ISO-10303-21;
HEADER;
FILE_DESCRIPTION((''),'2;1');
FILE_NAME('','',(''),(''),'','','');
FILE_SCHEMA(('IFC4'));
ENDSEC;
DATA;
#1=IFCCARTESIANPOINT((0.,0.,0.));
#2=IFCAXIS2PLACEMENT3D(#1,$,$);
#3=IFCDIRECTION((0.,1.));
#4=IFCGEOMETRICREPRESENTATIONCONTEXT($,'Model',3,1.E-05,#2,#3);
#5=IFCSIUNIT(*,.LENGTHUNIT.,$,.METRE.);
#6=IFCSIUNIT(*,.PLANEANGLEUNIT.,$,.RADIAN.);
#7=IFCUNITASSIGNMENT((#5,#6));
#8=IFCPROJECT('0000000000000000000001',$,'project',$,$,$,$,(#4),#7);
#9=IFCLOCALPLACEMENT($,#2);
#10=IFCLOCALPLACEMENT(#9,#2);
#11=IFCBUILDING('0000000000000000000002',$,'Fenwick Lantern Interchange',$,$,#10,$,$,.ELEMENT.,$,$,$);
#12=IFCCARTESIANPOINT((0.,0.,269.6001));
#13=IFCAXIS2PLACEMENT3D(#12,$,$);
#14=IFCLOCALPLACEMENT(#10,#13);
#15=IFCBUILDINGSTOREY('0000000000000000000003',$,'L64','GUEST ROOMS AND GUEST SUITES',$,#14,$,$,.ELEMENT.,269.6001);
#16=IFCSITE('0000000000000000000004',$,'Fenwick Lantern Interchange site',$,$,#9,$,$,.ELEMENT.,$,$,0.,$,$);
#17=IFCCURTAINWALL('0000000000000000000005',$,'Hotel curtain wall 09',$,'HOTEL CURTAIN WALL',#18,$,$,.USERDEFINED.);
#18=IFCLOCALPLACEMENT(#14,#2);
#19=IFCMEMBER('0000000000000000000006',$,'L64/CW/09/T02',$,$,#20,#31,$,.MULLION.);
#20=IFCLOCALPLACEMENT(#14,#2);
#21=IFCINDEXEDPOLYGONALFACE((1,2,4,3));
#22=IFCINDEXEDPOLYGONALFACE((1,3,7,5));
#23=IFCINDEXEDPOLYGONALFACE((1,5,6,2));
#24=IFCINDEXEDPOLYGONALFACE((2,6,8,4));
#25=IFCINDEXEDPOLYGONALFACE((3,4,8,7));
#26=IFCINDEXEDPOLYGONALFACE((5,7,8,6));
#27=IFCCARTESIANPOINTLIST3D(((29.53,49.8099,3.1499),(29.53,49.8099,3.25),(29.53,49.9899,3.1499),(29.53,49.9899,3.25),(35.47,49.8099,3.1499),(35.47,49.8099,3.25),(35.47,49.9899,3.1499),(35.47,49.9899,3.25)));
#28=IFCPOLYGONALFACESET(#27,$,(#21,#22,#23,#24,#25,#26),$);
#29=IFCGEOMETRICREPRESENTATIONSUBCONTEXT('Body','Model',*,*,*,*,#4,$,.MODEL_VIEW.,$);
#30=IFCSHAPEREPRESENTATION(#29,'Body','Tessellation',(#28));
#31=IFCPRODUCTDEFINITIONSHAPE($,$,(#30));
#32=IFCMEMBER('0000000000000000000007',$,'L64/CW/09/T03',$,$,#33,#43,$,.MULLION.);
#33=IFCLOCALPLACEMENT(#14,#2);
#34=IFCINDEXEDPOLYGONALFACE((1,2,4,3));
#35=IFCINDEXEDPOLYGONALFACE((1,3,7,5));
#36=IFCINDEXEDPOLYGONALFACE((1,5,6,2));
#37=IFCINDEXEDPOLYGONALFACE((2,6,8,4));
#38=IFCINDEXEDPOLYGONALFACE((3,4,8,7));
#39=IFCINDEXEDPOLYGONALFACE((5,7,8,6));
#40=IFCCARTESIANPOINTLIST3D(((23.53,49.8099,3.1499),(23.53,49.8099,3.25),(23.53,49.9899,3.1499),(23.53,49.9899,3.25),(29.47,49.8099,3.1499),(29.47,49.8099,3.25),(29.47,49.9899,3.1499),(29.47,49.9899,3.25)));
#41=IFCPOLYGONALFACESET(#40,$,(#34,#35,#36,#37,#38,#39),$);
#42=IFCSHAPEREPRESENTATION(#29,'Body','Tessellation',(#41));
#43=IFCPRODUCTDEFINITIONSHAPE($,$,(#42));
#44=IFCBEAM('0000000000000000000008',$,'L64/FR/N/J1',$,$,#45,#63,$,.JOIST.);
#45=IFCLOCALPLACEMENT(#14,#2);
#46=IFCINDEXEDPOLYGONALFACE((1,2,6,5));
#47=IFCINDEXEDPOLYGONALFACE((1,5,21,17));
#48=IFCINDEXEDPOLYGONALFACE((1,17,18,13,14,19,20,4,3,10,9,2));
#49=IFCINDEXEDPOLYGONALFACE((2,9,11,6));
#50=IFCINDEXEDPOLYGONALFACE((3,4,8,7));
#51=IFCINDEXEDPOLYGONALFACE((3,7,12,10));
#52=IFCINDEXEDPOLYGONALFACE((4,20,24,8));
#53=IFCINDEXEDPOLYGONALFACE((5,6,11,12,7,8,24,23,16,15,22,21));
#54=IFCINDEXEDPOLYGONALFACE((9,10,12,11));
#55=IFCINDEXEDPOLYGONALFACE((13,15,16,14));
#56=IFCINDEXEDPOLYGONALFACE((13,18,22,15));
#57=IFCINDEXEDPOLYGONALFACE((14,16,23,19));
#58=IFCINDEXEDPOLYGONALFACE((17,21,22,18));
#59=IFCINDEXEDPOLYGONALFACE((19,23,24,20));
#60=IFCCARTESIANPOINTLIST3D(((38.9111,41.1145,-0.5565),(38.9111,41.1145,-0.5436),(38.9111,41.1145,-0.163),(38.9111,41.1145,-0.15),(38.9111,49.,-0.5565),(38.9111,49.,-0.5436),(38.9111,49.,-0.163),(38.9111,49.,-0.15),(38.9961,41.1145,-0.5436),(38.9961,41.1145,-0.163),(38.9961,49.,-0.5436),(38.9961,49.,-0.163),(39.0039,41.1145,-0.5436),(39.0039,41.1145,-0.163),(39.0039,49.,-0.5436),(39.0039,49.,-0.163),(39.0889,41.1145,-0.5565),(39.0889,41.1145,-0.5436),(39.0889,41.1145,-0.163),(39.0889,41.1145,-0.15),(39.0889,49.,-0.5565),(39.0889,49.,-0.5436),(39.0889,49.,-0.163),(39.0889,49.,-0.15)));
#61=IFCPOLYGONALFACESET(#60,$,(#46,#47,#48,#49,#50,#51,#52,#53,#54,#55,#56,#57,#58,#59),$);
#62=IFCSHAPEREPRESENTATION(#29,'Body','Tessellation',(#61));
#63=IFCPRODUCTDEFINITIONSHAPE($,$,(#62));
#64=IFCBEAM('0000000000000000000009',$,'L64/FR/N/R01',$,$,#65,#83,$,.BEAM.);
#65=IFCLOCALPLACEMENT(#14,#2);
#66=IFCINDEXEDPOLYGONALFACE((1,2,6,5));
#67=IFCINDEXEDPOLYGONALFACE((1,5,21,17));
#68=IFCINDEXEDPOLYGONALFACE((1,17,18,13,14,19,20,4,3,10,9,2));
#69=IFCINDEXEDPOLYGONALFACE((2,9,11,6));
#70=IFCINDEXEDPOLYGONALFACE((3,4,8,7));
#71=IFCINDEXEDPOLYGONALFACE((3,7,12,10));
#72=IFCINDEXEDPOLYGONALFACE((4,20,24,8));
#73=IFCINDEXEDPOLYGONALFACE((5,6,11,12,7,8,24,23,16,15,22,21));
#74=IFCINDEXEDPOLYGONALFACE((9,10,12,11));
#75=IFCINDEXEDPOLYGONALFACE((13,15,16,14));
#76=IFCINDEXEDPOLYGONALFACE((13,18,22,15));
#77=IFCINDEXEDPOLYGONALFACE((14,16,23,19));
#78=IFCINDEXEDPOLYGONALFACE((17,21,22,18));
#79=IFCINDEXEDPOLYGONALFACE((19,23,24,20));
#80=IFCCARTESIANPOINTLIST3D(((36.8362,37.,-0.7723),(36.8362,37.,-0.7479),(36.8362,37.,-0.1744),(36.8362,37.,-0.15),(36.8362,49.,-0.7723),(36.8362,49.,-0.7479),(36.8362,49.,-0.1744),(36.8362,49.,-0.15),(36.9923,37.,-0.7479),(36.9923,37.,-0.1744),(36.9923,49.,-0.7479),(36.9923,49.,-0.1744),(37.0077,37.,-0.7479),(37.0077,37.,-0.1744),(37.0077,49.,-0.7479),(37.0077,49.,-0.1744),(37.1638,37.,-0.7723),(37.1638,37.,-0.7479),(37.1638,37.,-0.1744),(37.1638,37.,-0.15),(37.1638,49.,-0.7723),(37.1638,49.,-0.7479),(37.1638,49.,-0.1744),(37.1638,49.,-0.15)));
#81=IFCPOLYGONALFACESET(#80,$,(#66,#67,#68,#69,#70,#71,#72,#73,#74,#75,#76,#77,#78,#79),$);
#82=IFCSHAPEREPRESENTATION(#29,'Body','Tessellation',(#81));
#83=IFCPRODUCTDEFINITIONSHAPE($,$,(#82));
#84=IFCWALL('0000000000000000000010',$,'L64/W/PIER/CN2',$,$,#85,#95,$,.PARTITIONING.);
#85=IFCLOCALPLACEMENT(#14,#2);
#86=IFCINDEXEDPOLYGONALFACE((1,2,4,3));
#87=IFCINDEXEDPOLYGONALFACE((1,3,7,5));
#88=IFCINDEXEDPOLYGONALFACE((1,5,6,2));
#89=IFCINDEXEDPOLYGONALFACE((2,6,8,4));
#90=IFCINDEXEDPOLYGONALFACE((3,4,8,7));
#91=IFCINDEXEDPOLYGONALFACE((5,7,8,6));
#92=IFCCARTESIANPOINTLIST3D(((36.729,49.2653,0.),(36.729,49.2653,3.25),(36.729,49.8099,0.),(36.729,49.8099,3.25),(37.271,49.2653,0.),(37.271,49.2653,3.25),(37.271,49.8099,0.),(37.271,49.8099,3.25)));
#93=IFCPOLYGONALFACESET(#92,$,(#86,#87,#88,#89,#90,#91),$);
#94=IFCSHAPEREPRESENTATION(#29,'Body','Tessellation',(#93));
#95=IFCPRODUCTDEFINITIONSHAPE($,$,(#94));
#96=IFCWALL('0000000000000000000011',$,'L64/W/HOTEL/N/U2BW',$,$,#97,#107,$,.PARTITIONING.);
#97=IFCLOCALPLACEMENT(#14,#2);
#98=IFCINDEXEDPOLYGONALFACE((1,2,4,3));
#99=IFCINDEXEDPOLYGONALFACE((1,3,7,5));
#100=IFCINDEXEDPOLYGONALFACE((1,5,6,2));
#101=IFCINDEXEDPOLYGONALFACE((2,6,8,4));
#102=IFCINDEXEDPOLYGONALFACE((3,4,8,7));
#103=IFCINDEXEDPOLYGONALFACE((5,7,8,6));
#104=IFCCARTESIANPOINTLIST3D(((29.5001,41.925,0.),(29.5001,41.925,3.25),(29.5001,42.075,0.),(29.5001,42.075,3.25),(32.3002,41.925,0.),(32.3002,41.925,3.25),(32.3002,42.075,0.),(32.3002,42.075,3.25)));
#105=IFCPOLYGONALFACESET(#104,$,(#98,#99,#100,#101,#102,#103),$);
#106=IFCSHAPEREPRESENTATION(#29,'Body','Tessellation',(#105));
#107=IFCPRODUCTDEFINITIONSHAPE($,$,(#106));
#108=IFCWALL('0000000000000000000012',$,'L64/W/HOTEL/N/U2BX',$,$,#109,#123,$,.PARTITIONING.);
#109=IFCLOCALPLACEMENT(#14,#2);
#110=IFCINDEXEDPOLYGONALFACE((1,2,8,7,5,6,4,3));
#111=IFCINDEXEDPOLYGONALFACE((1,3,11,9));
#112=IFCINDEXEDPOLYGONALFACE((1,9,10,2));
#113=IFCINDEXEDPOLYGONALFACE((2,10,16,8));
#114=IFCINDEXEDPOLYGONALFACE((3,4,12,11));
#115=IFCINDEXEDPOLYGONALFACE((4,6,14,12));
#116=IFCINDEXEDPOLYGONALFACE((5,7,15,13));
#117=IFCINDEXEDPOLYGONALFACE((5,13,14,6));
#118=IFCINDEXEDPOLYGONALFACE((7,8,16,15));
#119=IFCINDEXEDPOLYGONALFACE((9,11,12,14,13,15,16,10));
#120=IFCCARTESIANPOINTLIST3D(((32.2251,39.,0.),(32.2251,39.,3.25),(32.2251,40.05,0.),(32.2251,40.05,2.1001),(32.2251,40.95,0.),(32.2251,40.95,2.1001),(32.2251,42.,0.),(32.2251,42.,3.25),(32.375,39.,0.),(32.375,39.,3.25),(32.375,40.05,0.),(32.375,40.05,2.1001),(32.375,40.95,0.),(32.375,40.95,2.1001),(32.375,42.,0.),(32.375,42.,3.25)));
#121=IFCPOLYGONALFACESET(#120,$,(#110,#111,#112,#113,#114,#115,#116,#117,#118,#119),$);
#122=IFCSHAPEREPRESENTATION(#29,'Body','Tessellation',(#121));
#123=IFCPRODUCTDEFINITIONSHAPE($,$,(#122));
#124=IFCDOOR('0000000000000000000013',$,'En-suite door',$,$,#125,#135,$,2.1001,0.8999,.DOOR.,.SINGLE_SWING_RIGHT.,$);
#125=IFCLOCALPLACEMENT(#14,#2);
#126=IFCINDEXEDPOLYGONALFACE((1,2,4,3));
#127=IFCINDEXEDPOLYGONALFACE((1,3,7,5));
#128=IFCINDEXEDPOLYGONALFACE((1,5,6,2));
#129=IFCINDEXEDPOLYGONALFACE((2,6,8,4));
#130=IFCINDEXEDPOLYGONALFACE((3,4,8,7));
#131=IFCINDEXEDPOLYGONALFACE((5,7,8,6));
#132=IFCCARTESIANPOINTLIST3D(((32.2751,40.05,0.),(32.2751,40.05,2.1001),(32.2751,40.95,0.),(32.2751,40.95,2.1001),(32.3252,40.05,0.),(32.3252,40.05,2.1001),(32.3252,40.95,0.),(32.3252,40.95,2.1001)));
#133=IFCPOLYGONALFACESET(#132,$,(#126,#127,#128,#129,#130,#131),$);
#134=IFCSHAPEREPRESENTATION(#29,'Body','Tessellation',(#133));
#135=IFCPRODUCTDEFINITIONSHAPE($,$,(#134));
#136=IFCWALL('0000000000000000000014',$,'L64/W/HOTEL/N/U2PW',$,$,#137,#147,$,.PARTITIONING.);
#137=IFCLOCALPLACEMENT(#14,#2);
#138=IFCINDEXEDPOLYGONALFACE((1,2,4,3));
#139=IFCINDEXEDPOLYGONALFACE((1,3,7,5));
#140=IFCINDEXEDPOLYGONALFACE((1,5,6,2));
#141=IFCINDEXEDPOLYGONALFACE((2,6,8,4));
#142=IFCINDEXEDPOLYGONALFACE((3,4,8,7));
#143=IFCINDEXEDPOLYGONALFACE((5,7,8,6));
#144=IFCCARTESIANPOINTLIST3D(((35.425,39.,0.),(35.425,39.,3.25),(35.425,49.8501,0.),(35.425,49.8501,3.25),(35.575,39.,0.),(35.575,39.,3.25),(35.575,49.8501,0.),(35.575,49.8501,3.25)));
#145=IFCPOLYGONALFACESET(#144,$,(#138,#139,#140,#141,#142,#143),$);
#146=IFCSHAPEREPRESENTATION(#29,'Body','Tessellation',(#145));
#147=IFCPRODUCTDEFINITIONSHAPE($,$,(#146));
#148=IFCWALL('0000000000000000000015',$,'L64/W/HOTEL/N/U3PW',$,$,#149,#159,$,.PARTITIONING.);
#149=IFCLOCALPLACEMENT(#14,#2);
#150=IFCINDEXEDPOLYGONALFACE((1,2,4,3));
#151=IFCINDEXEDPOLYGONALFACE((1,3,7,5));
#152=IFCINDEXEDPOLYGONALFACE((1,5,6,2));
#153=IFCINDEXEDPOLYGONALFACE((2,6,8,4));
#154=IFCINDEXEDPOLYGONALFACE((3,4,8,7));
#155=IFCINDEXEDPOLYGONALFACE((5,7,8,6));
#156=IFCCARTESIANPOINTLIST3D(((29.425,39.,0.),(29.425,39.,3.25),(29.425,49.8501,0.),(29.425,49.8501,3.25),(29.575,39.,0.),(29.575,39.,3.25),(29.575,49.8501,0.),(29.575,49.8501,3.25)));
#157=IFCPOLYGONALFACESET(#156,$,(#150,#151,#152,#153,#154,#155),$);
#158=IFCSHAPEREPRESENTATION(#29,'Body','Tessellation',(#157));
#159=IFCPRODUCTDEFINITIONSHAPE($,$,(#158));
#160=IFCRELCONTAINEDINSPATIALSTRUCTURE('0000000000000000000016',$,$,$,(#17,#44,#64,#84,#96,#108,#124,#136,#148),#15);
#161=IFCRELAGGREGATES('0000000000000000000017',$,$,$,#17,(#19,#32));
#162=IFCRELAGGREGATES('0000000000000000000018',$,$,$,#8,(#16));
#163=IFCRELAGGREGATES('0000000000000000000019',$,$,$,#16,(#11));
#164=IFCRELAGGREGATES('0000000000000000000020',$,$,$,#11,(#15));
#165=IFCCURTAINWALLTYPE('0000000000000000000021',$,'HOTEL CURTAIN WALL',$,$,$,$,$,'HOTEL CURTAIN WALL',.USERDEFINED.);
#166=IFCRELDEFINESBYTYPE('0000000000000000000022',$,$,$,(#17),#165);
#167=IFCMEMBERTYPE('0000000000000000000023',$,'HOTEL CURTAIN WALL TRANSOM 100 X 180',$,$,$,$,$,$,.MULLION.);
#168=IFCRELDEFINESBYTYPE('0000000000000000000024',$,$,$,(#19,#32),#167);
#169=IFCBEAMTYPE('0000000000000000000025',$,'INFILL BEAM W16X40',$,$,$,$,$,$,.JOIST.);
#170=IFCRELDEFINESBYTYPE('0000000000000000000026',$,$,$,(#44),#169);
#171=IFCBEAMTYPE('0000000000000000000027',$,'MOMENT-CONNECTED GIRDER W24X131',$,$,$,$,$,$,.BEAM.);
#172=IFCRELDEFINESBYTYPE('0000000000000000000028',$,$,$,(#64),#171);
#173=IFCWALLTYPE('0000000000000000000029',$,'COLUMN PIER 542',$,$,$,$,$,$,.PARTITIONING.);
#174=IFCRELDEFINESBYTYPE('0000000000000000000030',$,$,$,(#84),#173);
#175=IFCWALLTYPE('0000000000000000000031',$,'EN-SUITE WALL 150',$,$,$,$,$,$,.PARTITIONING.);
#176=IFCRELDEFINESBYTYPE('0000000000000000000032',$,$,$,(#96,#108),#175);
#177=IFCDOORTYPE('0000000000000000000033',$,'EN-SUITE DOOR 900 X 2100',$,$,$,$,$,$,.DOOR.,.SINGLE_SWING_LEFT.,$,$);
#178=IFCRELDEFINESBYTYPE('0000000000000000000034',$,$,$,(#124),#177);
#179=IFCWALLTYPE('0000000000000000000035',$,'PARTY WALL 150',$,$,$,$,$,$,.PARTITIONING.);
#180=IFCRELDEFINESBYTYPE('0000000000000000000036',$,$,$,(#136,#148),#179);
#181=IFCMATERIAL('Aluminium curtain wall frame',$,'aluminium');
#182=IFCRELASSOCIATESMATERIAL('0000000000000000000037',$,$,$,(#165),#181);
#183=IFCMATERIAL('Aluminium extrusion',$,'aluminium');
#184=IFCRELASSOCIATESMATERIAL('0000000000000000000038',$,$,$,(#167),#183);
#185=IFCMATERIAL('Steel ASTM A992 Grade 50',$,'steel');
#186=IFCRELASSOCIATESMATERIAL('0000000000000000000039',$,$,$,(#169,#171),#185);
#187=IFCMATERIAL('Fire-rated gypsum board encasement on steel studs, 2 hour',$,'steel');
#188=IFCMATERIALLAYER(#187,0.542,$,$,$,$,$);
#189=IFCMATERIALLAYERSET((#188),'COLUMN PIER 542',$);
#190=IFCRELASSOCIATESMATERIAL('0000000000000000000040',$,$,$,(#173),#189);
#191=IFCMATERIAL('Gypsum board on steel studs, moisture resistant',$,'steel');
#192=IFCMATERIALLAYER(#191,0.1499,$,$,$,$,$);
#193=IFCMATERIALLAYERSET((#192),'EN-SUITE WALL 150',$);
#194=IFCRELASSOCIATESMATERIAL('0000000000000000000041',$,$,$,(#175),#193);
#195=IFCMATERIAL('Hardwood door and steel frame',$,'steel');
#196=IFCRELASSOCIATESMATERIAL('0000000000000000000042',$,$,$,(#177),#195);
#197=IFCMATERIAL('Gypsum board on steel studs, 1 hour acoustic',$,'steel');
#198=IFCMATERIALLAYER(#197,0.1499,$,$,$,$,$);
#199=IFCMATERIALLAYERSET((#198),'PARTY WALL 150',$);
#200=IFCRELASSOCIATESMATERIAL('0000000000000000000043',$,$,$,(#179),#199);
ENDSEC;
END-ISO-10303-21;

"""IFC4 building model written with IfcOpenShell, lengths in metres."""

from ifc_helpers import new_model, si_unit, direction, frame, frame_2d, origin, origin_2d, place, context, subcontext, project, spatial, rectangle, i_section, extrude, material, layer, layer_set, material_profile, profile_set, type_object, element, fill, aggregate, save


model = new_model("IFC4")

# Units and contexts
model_context = context("Model", 3, precision=1e-05, world=origin(), true_north=direction((0.0, 1.0)))
body_context = subcontext(model_context, "Body", "Model", "MODEL_VIEW")
ifc_project = project(units=[si_unit("LENGTHUNIT", "METRE"), si_unit("PLANEANGLEUNIT", "RADIAN")], contexts=[model_context])

# Site, building, storey
site_placement = place(None, origin())
site = spatial("IfcSite", under=ifc_project, at=site_placement, Name="Fenwick Lantern Interchange site", CompositionType="ELEMENT", RefElevation=0.0)
building_placement = place(site_placement, origin())
building = spatial("IfcBuilding", under=site, at=building_placement, Name="Fenwick Lantern Interchange", CompositionType="ELEMENT")
storey_placement = place(building_placement, frame((0.0, 0.0, 269.6001)))
storey = spatial("IfcBuildingStorey", under=building, at=storey_placement, Name="L64", Description="GUEST ROOMS AND GUEST SUITES", CompositionType="ELEMENT", Elevation=269.6001)

# Shared definitions
ifc_material_1 = material(Name="Steel ASTM A992 Grade 50", Category="steel")

# Curtain wall, members
ifc_material_2 = material(Name="Aluminium curtain wall frame", Category="aluminium")
curtain_wall_type = type_object("IfcCurtainWallType", Name="HOTEL CURTAIN WALL", ElementType="HOTEL CURTAIN WALL", PredefinedType="USERDEFINED", material=ifc_material_2)
curtain_wall_placement = place(storey_placement, origin())
curtain_wall = element("IfcCurtainWall", 1, at=curtain_wall_placement, inside=storey, type_object=curtain_wall_type, Name="Hotel curtain wall 09", ObjectType="HOTEL CURTAIN WALL", PredefinedType="USERDEFINED")
ifc_material_3 = material(Name="Aluminium extrusion", Category="aluminium")
ifc_material_profile_1 = material_profile(ifc_material_3, rectangle(XDim=0.1799, YDim=0.1001, at=origin_2d()), Name="HOTEL CURTAIN WALL TRANSOM 100 X 180")
ifc_profile_set_1 = profile_set([ifc_material_profile_1], Name="Aluminium extrusion")
member_type_1 = type_object("IfcMemberType", Name="HOTEL CURTAIN WALL TRANSOM 100 X 180", PredefinedType="MULLION", material=ifc_profile_set_1)
member_1_placement = place(storey_placement, frame((35.47, 49.8999, 3.2), z_axis=(-1.0, 0.0, 0.0), x_axis=(0.0, -1.0, 0.0)))
member_1 = element("IfcMember", 2, at=member_1_placement, type_object=member_type_1, Name="L64/CW/09/T02", PredefinedType="MULLION", context=body_context, shape_type="SweptSolid", body=[
    extrude(rectangle(XDim=0.1799, YDim=0.1001, at=origin_2d()), origin(), (0.0, 0.0, 1.0), 5.9399),
])
member_2_placement = place(storey_placement, frame((29.47, 49.8999, 3.2), z_axis=(-1.0, 0.0, 0.0), x_axis=(0.0, -1.0, 0.0)))
member_2 = element("IfcMember", 3, at=member_2_placement, type_object=member_type_1, Name="L64/CW/09/T03", PredefinedType="MULLION", context=body_context, shape_type="SweptSolid", body=[
    extrude(rectangle(XDim=0.1799, YDim=0.1001, at=origin_2d()), origin(), (0.0, 0.0, 1.0), 5.9399),
])
aggregate(curtain_wall, [member_1, member_2])

# Beams
ifc_material_profile_2 = material_profile(ifc_material_1, i_section(OverallWidth=0.1777, OverallDepth=0.4065, WebThickness=0.0078, FlangeThickness=0.0129, at=origin_2d()), Name="W16X40")
ifc_profile_set_2 = profile_set([ifc_material_profile_2], Name="Steel ASTM A992 Grade 50")
beam_type_1 = type_object("IfcBeamType", Name="INFILL BEAM W16X40", PredefinedType="JOIST", material=ifc_profile_set_2)
beam_1_placement = place(storey_placement, frame((39.0, 49.0, -0.3533), z_axis=(0.0, -1.0, 0.0), x_axis=(1.0, 0.0, 0.0)))
element("IfcBeam", 4, at=beam_1_placement, inside=storey, type_object=beam_type_1, Name="L64/FR/N/J1", PredefinedType="JOIST", context=body_context, shape_type="SweptSolid", body=[
    extrude(i_section(OverallWidth=0.1777, OverallDepth=0.4065, WebThickness=0.0078, FlangeThickness=0.0129, at=origin_2d()), origin(), (0.0, 0.0, 1.0), 7.8855),
])
ifc_material_profile_3 = material_profile(ifc_material_1, i_section(OverallWidth=0.3276, OverallDepth=0.6223, WebThickness=0.0154, FlangeThickness=0.0244, at=origin_2d()), Name="W24X131")
ifc_profile_set_3 = profile_set([ifc_material_profile_3], Name="Steel ASTM A992 Grade 50")
beam_type_2 = type_object("IfcBeamType", Name="MOMENT-CONNECTED GIRDER W24X131", PredefinedType="BEAM", material=ifc_profile_set_3)
beam_2_placement = place(storey_placement, frame((37.0, 49.0, -0.4612), z_axis=(0.0, -1.0, 0.0), x_axis=(1.0, 0.0, 0.0)))
element("IfcBeam", 5, at=beam_2_placement, inside=storey, type_object=beam_type_2, Name="L64/FR/N/R01", PredefinedType="BEAM", context=body_context, shape_type="SweptSolid", body=[
    extrude(i_section(OverallWidth=0.3276, OverallDepth=0.6223, WebThickness=0.0154, FlangeThickness=0.0244, at=origin_2d()), origin(), (0.0, 0.0, 1.0), 12.0),
])

# Walls
ifc_material_4 = material(Name="Fire-rated gypsum board encasement on steel studs, 2 hour", Category="steel")
ifc_layer_1 = layer(ifc_material_4, 0.542)
ifc_layer_set_1 = layer_set([ifc_layer_1], Name="COLUMN PIER 542")
wall_type_1 = type_object("IfcWallType", Name="COLUMN PIER 542", PredefinedType="PARTITIONING", material=ifc_layer_set_1)
wall_1_placement = place(storey_placement, frame((37.0, 49.8101, 0.0), z_axis=(0.0, 0.0, 1.0), x_axis=(0.0, -1.0, 0.0)))
element("IfcWall", 6, at=wall_1_placement, inside=storey, type_object=wall_type_1, Name="L64/W/PIER/CN2", PredefinedType="PARTITIONING", context=body_context, shape_type="SweptSolid", body=[
    extrude(rectangle(XDim=0.5447, YDim=0.542, at=frame_2d((0.2725, 0.0))), origin(), (0.0, 0.0, 1.0), 3.25),
])
ifc_material_5 = material(Name="Gypsum board on steel studs, moisture resistant", Category="steel")
ifc_layer_2 = layer(ifc_material_5, 0.1499)
ifc_layer_set_2 = layer_set([ifc_layer_2], Name="EN-SUITE WALL 150")
wall_type_2 = type_object("IfcWallType", Name="EN-SUITE WALL 150", PredefinedType="PARTITIONING", material=ifc_layer_set_2)
wall_2_placement = place(storey_placement, frame((32.3, 42.0, 0.0), z_axis=(0.0, 0.0, 1.0), x_axis=(-1.0, 0.0, 0.0)))
element("IfcWall", 7, at=wall_2_placement, inside=storey, type_object=wall_type_2, Name="L64/W/HOTEL/N/U2BW", PredefinedType="PARTITIONING", context=body_context, shape_type="SweptSolid", body=[
    extrude(rectangle(XDim=2.8, YDim=0.1499, at=frame_2d((1.3999, 0.0))), origin(), (0.0, 0.0, 1.0), 3.25),
])

# Wall, opening, door
wall_3_placement = place(storey_placement, frame((32.3, 42.0, 0.0), z_axis=(0.0, 0.0, 1.0), x_axis=(0.0, -1.0, 0.0)))
wall_3 = element("IfcWall", 8, at=wall_3_placement, inside=storey, type_object=wall_type_2, Name="L64/W/HOTEL/N/U2BX", PredefinedType="PARTITIONING", context=body_context, shape_type="SweptSolid", body=[
    extrude(rectangle(XDim=3.0, YDim=0.1499, at=frame_2d((1.5, 0.0))), origin(), (0.0, 0.0, 1.0), 3.25),
])
opening_placement = place(wall_3_placement, frame((1.05, 0.0, 0.0)))
opening = element("IfcOpeningElement", 9, at=opening_placement, cuts=wall_3, PredefinedType="OPENING", context=body_context, shape_type="SweptSolid", body=[
    extrude(rectangle(XDim=0.8999, YDim=2.1001, at=frame_2d((0.45, 1.05))), frame((0.0, 0.085, 0.0), z_axis=(0.0, -1.0, 0.0), x_axis=(1.0, 0.0, 0.0)), (0.0, 0.0, 1.0), 0.1699),
])
ifc_material_6 = material(Name="Hardwood door and steel frame", Category="steel")
door_type = type_object("IfcDoorType", Name="EN-SUITE DOOR 900 X 2100", OperationType="SINGLE_SWING_LEFT", PredefinedType="DOOR", material=ifc_material_6)
door_placement = place(opening_placement, frame((0.8999, 0.0, 0.0), z_axis=(0.0, 0.0, 1.0), x_axis=(-1.0, 0.0, 0.0)))
door = element("IfcDoor", 10, at=door_placement, inside=storey, type_object=door_type, Name="En-suite door", OperationType="SINGLE_SWING_RIGHT", OverallHeight=2.1001, OverallWidth=0.8999, PredefinedType="DOOR", context=body_context, shape_type="SweptSolid", body=[
    extrude(rectangle(XDim=0.8999, YDim=2.1001, at=frame_2d((0.45, 1.05))), frame((0.0, 0.0249, 0.0), z_axis=(0.0, -1.0, 0.0), x_axis=(1.0, 0.0, 0.0)), (0.0, 0.0, 1.0), 0.05),
])
fill(opening, door)

# Walls
ifc_material_7 = material(Name="Gypsum board on steel studs, 1 hour acoustic", Category="steel")
ifc_layer_3 = layer(ifc_material_7, 0.1499)
ifc_layer_set_3 = layer_set([ifc_layer_3], Name="PARTY WALL 150")
wall_type_3 = type_object("IfcWallType", Name="PARTY WALL 150", PredefinedType="PARTITIONING", material=ifc_layer_set_3)
for number, where, z_axis, x_axis, name in (
    (11, (35.5, 49.8501, 0.0), (0.0, 0.0, 1.0), (0.0, -1.0, 0.0), "L64/W/HOTEL/N/U2PW"),
    (12, (29.5, 49.8501, 0.0), (0.0, 0.0, 1.0), (0.0, -1.0, 0.0), "L64/W/HOTEL/N/U3PW"),
):
    element("IfcWall", number, at=place(storey_placement, frame(where, z_axis=z_axis, x_axis=x_axis)), inside=storey, type_object=wall_type_3, Name=name, PredefinedType="PARTITIONING", context=body_context, shape_type="SweptSolid", body=[
        extrude(rectangle(XDim=10.8501, YDim=0.1499, at=frame_2d((5.425, 0.0))), origin(), (0.0, 0.0, 1.0), 3.25),
    ])

save(model, "model.ifc")
